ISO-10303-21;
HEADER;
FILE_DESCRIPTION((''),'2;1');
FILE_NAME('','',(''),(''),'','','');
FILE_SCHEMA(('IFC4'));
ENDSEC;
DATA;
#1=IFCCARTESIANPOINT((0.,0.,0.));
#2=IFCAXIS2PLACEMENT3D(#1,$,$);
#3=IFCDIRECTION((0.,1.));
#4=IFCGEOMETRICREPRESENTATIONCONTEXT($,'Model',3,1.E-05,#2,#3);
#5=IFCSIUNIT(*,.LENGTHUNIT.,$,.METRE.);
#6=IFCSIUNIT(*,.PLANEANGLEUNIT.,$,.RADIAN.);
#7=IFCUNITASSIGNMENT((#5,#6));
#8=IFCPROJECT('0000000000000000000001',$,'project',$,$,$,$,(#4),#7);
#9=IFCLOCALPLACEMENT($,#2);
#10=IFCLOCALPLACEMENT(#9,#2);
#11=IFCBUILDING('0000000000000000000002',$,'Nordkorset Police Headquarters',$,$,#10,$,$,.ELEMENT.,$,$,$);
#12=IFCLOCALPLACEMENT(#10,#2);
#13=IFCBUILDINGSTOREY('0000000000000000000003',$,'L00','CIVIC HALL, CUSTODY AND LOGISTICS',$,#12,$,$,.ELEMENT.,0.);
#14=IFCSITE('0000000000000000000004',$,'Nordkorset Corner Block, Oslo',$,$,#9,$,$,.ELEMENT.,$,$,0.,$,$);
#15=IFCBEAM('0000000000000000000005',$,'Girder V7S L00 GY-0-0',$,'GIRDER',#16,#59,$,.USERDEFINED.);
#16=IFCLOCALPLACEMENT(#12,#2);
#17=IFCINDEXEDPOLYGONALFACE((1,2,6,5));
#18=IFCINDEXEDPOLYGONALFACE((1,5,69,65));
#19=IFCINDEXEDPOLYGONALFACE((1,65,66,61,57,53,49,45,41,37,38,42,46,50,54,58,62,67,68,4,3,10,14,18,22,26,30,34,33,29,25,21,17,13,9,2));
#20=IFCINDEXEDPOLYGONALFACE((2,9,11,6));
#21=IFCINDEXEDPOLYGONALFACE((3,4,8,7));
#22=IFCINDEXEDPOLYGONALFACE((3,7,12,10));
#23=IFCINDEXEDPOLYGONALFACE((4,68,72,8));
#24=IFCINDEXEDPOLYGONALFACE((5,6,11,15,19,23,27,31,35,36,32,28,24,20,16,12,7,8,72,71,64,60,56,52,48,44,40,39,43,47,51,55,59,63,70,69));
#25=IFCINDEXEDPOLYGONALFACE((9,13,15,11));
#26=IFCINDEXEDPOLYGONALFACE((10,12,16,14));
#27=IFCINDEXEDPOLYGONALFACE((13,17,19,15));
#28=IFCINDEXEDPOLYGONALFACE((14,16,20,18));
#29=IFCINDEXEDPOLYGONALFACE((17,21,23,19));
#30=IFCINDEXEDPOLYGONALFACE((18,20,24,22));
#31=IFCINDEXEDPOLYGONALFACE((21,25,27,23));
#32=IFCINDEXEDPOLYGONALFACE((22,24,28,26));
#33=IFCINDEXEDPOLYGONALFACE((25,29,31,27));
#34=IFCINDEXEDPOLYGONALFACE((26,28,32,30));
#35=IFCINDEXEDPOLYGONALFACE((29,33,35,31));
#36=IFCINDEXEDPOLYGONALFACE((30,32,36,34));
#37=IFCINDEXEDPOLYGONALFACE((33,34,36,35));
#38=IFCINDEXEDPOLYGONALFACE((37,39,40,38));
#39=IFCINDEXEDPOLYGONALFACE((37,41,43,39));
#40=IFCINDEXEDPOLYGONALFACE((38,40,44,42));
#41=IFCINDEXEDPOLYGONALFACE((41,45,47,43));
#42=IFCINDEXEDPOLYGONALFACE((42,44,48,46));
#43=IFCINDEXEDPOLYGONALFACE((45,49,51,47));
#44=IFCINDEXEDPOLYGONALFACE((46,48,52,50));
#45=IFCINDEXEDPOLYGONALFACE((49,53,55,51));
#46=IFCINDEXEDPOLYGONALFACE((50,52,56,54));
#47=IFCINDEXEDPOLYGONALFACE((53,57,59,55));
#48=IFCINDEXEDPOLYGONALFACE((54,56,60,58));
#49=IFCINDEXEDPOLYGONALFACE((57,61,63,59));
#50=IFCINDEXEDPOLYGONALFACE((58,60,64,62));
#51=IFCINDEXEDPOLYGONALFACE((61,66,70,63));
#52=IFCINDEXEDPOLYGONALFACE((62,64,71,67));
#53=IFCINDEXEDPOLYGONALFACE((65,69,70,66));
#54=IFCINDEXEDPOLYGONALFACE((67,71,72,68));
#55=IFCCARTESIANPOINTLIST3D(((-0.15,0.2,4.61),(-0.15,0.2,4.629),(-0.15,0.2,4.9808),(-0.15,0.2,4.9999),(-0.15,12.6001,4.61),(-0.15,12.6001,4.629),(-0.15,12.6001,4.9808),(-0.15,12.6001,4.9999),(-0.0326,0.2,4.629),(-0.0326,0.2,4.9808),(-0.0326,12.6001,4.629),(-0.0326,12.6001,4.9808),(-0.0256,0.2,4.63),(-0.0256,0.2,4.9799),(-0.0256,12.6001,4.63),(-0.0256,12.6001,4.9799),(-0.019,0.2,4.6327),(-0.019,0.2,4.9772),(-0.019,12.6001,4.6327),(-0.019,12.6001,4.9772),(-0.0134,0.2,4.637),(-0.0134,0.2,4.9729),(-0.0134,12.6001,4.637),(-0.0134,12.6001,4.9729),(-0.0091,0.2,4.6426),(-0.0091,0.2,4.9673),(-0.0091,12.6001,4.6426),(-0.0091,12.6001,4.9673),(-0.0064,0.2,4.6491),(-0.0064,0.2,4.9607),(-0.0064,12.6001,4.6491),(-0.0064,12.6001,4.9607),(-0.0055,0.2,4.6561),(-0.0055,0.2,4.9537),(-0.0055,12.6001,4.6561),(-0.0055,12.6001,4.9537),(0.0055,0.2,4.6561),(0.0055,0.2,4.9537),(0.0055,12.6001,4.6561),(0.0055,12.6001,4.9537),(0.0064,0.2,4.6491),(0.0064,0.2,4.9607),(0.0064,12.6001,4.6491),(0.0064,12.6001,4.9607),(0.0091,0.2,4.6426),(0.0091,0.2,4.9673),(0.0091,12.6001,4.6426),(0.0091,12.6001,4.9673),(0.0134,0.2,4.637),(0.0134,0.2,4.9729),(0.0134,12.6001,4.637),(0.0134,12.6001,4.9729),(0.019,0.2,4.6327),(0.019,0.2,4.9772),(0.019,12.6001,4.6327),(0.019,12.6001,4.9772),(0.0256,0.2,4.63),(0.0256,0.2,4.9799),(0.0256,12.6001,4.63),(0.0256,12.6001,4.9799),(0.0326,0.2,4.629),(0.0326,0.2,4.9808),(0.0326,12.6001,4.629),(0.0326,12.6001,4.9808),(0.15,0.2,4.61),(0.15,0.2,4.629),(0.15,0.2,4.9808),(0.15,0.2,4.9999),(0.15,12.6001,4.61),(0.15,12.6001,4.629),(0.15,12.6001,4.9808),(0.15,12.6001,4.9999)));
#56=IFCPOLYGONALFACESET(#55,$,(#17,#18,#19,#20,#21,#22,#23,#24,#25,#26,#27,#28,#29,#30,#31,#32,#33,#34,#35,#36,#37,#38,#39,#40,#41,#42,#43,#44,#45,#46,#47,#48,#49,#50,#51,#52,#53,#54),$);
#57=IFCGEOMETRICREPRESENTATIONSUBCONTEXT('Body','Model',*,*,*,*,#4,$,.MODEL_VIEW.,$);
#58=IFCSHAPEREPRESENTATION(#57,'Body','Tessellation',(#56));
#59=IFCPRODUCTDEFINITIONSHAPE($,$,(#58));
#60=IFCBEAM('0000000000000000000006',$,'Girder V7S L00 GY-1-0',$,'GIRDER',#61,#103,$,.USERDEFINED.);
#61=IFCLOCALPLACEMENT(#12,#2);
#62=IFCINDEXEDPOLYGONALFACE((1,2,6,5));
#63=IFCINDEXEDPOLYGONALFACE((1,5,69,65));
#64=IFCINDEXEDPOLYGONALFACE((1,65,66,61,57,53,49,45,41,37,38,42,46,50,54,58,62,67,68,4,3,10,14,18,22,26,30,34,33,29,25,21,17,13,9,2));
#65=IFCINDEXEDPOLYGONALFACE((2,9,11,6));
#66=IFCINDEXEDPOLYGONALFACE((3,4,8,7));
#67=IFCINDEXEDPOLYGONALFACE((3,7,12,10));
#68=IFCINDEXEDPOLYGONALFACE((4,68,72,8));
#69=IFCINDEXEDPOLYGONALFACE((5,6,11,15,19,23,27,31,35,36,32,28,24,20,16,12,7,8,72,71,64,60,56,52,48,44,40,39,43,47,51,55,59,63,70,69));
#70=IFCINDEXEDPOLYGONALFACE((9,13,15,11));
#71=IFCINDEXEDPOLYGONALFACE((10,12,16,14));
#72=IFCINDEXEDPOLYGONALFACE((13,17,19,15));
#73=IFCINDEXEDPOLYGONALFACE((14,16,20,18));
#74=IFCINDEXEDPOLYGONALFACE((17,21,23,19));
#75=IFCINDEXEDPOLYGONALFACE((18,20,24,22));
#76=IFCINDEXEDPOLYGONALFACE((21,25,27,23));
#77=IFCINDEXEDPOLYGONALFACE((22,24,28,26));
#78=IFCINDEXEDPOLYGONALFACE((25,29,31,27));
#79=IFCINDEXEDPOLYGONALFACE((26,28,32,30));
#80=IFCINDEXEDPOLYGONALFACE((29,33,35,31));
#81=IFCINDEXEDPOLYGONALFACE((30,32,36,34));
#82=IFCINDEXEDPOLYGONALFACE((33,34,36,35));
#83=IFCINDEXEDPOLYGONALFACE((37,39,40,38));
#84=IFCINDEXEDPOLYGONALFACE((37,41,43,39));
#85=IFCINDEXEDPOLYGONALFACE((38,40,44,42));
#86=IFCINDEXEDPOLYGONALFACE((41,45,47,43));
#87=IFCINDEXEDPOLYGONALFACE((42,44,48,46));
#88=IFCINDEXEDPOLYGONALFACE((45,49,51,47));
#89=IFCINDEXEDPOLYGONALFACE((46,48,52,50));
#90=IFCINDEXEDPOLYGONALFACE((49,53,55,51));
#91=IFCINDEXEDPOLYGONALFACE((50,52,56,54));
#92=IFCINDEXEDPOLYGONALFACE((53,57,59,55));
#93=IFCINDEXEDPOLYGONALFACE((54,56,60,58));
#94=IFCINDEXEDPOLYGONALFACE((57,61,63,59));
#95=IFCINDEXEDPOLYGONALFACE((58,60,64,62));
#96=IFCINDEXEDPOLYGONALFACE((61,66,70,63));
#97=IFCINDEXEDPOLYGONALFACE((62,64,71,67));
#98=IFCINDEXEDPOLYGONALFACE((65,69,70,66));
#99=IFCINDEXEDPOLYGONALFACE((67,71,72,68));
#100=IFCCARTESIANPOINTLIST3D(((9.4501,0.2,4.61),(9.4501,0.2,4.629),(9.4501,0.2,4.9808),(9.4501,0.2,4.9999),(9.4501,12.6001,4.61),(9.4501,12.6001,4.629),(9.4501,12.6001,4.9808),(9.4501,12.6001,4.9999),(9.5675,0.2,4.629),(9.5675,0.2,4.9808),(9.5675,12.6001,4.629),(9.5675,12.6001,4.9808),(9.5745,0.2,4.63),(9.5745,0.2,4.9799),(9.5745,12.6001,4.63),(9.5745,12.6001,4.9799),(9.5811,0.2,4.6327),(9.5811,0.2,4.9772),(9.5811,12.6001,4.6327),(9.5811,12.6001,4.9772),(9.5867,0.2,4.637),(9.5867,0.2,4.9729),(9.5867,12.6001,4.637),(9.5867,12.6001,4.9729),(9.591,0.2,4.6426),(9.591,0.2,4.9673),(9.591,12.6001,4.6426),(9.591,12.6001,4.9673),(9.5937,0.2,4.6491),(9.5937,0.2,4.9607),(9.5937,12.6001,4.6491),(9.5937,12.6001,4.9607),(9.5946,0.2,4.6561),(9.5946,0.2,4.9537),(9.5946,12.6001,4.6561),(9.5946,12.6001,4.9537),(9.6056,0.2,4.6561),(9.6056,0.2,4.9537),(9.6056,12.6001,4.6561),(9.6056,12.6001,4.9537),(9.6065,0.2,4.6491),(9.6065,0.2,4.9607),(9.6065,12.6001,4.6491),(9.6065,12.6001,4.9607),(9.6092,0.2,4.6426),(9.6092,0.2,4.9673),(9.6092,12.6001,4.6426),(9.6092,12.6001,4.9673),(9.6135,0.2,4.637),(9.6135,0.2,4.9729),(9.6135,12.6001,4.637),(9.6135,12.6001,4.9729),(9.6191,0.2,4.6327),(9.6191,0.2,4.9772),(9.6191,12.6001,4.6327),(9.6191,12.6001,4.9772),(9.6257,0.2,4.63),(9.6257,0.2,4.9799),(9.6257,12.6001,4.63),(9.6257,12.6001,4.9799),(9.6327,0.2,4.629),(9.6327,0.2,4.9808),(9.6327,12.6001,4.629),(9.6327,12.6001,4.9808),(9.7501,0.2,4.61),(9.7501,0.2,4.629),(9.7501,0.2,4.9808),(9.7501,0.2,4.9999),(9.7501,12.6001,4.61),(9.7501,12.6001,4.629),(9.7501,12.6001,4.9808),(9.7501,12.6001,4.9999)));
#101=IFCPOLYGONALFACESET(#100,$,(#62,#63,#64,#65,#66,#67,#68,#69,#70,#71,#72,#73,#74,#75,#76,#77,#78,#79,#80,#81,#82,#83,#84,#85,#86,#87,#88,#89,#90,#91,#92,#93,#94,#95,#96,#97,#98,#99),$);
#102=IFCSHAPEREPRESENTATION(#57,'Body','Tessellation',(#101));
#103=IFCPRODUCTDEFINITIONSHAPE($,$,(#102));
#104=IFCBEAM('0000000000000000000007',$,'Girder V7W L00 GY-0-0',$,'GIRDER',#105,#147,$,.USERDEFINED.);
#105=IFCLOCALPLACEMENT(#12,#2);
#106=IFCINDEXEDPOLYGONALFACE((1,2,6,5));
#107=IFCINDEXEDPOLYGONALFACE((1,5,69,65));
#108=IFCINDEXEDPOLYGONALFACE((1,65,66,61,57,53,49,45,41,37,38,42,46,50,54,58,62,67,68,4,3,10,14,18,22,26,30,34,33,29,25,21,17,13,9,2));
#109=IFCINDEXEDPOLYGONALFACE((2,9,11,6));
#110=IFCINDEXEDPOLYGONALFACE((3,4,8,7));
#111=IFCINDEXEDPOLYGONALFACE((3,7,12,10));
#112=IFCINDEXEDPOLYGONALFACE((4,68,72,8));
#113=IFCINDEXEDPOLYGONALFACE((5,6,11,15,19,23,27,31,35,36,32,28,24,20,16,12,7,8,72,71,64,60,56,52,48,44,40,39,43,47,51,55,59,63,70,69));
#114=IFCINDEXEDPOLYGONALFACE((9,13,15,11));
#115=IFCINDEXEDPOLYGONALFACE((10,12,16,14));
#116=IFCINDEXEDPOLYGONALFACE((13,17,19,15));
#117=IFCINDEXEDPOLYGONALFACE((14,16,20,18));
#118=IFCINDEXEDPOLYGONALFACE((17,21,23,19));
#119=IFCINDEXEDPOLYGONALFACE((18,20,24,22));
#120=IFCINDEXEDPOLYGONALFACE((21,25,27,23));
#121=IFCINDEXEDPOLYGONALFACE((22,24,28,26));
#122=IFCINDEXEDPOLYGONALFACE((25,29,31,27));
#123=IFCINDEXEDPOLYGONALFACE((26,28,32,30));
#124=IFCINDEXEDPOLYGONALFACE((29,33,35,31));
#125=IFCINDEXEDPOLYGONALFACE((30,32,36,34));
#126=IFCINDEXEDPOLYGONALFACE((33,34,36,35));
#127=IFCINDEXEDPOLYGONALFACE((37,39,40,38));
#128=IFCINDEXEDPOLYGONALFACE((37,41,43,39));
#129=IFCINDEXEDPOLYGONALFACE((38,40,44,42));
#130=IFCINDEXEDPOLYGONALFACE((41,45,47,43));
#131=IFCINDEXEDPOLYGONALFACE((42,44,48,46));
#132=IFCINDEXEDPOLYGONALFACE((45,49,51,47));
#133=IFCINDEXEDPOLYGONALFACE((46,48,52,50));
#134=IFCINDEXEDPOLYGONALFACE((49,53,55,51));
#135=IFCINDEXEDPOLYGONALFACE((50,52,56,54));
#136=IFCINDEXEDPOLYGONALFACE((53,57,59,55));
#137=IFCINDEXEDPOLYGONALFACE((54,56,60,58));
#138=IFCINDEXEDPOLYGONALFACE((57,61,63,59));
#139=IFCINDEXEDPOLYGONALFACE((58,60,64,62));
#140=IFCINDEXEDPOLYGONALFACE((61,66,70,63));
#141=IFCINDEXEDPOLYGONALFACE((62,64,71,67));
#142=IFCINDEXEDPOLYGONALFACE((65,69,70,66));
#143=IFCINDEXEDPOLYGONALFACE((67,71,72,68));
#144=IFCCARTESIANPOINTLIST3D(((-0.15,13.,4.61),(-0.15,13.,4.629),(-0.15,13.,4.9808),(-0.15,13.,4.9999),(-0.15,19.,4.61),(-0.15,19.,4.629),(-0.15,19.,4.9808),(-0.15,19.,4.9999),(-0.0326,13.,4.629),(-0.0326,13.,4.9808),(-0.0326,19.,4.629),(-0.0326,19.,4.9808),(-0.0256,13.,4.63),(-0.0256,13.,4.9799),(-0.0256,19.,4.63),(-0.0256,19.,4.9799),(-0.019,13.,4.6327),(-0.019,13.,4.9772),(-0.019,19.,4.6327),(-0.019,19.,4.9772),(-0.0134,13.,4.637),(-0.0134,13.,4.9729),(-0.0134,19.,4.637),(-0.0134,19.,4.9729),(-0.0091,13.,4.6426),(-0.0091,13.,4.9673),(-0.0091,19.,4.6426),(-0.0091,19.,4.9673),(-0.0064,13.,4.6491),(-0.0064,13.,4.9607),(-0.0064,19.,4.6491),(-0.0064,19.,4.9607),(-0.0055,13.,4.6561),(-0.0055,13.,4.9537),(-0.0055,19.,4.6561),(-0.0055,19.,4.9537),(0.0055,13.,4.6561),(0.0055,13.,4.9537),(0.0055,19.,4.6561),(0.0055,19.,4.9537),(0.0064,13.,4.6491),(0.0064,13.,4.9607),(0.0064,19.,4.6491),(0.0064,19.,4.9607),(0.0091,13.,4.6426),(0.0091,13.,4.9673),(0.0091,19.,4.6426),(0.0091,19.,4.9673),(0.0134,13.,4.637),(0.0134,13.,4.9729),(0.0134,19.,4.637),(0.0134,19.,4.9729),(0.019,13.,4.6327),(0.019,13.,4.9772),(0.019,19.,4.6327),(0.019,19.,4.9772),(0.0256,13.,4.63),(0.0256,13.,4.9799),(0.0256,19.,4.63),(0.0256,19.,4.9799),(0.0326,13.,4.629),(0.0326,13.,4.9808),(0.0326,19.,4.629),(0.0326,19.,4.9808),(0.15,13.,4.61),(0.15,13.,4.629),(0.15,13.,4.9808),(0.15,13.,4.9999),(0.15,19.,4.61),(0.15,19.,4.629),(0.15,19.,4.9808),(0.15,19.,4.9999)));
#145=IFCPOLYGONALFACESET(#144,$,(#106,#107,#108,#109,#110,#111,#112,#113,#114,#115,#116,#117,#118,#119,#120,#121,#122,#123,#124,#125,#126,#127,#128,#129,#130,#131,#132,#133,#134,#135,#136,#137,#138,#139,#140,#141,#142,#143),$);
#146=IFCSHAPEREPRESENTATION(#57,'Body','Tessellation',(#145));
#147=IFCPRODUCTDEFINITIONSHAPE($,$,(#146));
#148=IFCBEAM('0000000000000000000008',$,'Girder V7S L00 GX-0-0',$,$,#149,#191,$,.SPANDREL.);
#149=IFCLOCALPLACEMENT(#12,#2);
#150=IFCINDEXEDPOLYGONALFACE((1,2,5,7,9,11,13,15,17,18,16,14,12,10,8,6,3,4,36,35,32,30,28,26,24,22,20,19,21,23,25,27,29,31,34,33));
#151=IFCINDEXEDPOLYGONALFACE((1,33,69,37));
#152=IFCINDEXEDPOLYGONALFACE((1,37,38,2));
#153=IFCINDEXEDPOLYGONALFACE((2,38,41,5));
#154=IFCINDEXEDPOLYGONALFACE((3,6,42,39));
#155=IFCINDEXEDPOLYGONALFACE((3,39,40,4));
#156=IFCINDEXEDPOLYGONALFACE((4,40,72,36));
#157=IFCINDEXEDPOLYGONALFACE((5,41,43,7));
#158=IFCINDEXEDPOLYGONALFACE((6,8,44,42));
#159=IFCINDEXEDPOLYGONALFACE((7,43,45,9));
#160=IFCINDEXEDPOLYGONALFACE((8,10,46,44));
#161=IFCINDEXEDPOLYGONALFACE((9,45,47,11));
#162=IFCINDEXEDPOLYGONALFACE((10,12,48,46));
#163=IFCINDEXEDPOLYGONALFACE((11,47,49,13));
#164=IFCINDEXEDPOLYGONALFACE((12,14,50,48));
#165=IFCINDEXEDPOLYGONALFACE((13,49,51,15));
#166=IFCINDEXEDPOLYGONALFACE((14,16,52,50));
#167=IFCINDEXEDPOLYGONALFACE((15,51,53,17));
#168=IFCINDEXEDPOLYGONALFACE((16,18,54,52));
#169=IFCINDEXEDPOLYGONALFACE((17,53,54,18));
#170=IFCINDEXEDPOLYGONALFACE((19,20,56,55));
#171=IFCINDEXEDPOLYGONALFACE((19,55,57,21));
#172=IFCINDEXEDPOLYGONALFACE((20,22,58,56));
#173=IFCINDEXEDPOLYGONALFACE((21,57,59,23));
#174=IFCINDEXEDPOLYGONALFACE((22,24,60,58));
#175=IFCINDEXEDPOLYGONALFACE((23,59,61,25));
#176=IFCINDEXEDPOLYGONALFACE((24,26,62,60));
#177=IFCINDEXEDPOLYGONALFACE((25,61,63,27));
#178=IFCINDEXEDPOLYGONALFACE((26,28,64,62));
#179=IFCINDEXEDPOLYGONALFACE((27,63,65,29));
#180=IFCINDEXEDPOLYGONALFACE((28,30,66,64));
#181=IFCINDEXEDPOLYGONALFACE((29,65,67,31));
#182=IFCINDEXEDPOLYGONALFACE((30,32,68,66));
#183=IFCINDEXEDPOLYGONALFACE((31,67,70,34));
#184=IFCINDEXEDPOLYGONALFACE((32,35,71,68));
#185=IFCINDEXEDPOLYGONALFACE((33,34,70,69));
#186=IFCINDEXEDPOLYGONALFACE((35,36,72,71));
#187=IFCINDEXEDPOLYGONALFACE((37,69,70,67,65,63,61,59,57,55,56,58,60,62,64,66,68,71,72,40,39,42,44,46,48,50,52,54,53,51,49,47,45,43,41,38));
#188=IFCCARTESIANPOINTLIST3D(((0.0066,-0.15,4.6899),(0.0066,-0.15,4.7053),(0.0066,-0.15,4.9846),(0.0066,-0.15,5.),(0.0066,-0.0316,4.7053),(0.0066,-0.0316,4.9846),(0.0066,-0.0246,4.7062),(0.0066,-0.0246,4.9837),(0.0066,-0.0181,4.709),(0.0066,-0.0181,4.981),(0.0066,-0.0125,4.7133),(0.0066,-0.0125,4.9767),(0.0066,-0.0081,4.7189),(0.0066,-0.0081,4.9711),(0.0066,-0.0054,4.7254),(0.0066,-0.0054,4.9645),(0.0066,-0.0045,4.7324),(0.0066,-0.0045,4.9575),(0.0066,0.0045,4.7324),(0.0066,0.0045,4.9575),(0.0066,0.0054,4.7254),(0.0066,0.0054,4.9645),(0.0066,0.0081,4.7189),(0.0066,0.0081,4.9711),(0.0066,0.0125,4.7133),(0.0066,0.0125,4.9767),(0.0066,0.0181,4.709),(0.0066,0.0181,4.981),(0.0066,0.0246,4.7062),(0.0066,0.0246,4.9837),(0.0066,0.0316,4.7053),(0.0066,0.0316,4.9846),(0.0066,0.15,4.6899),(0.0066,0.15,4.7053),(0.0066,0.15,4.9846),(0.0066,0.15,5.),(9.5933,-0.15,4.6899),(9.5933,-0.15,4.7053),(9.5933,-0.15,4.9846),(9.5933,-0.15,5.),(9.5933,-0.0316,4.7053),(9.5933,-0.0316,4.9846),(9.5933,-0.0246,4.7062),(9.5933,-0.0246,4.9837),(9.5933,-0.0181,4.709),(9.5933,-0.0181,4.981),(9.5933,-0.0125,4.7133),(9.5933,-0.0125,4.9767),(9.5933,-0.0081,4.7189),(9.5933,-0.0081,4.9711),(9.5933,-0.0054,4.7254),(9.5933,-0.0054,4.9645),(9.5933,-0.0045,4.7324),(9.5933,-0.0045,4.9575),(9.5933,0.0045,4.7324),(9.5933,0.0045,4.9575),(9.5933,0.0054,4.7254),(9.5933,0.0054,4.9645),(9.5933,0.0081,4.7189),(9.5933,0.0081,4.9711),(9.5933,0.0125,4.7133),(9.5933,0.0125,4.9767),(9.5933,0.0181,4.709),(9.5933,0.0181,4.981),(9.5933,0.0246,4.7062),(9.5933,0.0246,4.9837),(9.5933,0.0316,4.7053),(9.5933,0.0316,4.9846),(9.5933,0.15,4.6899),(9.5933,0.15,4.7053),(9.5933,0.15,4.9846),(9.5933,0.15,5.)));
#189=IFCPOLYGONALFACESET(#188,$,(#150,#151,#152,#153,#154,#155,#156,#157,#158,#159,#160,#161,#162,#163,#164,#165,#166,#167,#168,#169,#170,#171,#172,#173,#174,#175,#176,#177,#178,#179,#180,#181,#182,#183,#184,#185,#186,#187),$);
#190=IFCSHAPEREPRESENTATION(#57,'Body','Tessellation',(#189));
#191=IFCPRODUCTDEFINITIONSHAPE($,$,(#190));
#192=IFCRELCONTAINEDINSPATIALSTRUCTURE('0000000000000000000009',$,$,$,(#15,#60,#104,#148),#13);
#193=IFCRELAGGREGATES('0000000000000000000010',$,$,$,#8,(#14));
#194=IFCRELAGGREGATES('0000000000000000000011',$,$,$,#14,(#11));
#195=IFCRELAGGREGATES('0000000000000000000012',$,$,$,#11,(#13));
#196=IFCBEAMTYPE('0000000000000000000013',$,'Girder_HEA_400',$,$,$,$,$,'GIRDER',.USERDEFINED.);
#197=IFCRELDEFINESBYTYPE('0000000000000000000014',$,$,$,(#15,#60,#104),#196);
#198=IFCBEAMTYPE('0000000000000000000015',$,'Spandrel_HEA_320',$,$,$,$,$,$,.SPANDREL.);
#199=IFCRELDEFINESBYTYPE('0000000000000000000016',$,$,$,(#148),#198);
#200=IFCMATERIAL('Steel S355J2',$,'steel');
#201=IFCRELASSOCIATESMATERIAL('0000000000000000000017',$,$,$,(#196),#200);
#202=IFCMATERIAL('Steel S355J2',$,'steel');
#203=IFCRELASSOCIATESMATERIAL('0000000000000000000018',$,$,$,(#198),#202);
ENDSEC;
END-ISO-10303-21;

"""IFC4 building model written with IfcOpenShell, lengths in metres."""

from ifc_helpers import new_model, si_unit, direction, frame, origin, origin_2d, place, context, subcontext, project, spatial, i_section, extrude, material, material_profile, profile_set, type_object, element, save


model = new_model("IFC4")

# Units and contexts
model_context = context("Model", 3, precision=1e-05, world=origin(), true_north=direction((0.0, 1.0)))
body_context = subcontext(model_context, "Body", "Model", "MODEL_VIEW")
ifc_project = project(units=[si_unit("LENGTHUNIT", "METRE"), si_unit("PLANEANGLEUNIT", "RADIAN")], contexts=[model_context])

# Site, building, storey
site_placement = place(None, origin())
site = spatial("IfcSite", under=ifc_project, at=site_placement, Name="Nordkorset Corner Block, Oslo", CompositionType="ELEMENT", RefElevation=0.0)
building_placement = place(site_placement, origin())
building = spatial("IfcBuilding", under=site, at=building_placement, Name="Nordkorset Police Headquarters", CompositionType="ELEMENT")
storey_placement = place(building_placement, origin())
storey = spatial("IfcBuildingStorey", under=building, at=storey_placement, Name="L00", Description="CIVIC HALL, CUSTODY AND LOGISTICS", CompositionType="ELEMENT", Elevation=0.0)

# Beams
ifc_material_1 = material(Name="Steel S355J2", Category="steel")
ifc_material_profile_1 = material_profile(ifc_material_1, i_section(OverallWidth=0.3, OverallDepth=0.3899, WebThickness=0.011, FlangeThickness=0.019, FilletRadius=0.0271, at=origin_2d()), Name="HEA 400")
ifc_profile_set_1 = profile_set([ifc_material_profile_1], Name="Steel S355J2")
beam_type_1 = type_object("IfcBeamType", Name="Girder_HEA_400", ElementType="GIRDER", PredefinedType="USERDEFINED", material=ifc_profile_set_1)
for number, where, z_axis, x_axis, name in (
    (1, (0.0, 0.2, 4.8049), (0.0, 1.0, 0.0), (-1.0, 0.0, 0.0), "Girder V7S L00 GY-0-0"),
    (2, (9.6001, 0.2, 4.8049), (0.0, 1.0, 0.0), (-1.0, 0.0, 0.0), "Girder V7S L00 GY-1-0"),
):
    element("IfcBeam", number, at=place(storey_placement, frame(where, z_axis=z_axis, x_axis=x_axis)), inside=storey, type_object=beam_type_1, Name=name, ObjectType="GIRDER", PredefinedType="USERDEFINED", context=body_context, shape_type="SweptSolid", body=[
        extrude(i_section(OverallWidth=0.3, OverallDepth=0.3899, WebThickness=0.011, FlangeThickness=0.019, FilletRadius=0.0271, at=origin_2d()), origin(), (0.0, 0.0, 1.0), 12.4001),
    ])
beam_1_placement = place(storey_placement, frame((0.0, 13.0, 4.8049), z_axis=(0.0, 1.0, 0.0), x_axis=(-1.0, 0.0, 0.0)))
element("IfcBeam", 3, at=beam_1_placement, inside=storey, type_object=beam_type_1, Name="Girder V7W L00 GY-0-0", ObjectType="GIRDER", PredefinedType="USERDEFINED", context=body_context, shape_type="SweptSolid", body=[
    extrude(i_section(OverallWidth=0.3, OverallDepth=0.3899, WebThickness=0.011, FlangeThickness=0.019, FilletRadius=0.0271, at=origin_2d()), origin(), (0.0, 0.0, 1.0), 6.0),
])
ifc_material_2 = material(Name="Steel S355J2", Category="steel")
ifc_material_profile_2 = material_profile(ifc_material_2, i_section(OverallWidth=0.3, OverallDepth=0.3101, WebThickness=0.009, FlangeThickness=0.0154, FilletRadius=0.0271, at=origin_2d()), Name="HEA 320")
ifc_profile_set_2 = profile_set([ifc_material_profile_2], Name="Steel S355J2")
beam_type_2 = type_object("IfcBeamType", Name="Spandrel_HEA_320", PredefinedType="SPANDREL", material=ifc_profile_set_2)
for number, where, z_axis, x_axis, name in (
    (4, (0.0066, 0.0, 4.845), (1.0, 0.0, 0.0), (0.0, 1.0, 0.0), "Girder V7S L00 GX-0-0"),
):
    element("IfcBeam", number, at=place(storey_placement, frame(where, z_axis=z_axis, x_axis=x_axis)), inside=storey, type_object=beam_type_2, Name=name, PredefinedType="SPANDREL", context=body_context, shape_type="SweptSolid", body=[
        extrude(i_section(OverallWidth=0.3, OverallDepth=0.3101, WebThickness=0.009, FlangeThickness=0.0154, FilletRadius=0.0271, at=origin_2d()), origin(), (0.0, 0.0, 1.0), 9.5867),
    ])

save(model, "model.ifc")
